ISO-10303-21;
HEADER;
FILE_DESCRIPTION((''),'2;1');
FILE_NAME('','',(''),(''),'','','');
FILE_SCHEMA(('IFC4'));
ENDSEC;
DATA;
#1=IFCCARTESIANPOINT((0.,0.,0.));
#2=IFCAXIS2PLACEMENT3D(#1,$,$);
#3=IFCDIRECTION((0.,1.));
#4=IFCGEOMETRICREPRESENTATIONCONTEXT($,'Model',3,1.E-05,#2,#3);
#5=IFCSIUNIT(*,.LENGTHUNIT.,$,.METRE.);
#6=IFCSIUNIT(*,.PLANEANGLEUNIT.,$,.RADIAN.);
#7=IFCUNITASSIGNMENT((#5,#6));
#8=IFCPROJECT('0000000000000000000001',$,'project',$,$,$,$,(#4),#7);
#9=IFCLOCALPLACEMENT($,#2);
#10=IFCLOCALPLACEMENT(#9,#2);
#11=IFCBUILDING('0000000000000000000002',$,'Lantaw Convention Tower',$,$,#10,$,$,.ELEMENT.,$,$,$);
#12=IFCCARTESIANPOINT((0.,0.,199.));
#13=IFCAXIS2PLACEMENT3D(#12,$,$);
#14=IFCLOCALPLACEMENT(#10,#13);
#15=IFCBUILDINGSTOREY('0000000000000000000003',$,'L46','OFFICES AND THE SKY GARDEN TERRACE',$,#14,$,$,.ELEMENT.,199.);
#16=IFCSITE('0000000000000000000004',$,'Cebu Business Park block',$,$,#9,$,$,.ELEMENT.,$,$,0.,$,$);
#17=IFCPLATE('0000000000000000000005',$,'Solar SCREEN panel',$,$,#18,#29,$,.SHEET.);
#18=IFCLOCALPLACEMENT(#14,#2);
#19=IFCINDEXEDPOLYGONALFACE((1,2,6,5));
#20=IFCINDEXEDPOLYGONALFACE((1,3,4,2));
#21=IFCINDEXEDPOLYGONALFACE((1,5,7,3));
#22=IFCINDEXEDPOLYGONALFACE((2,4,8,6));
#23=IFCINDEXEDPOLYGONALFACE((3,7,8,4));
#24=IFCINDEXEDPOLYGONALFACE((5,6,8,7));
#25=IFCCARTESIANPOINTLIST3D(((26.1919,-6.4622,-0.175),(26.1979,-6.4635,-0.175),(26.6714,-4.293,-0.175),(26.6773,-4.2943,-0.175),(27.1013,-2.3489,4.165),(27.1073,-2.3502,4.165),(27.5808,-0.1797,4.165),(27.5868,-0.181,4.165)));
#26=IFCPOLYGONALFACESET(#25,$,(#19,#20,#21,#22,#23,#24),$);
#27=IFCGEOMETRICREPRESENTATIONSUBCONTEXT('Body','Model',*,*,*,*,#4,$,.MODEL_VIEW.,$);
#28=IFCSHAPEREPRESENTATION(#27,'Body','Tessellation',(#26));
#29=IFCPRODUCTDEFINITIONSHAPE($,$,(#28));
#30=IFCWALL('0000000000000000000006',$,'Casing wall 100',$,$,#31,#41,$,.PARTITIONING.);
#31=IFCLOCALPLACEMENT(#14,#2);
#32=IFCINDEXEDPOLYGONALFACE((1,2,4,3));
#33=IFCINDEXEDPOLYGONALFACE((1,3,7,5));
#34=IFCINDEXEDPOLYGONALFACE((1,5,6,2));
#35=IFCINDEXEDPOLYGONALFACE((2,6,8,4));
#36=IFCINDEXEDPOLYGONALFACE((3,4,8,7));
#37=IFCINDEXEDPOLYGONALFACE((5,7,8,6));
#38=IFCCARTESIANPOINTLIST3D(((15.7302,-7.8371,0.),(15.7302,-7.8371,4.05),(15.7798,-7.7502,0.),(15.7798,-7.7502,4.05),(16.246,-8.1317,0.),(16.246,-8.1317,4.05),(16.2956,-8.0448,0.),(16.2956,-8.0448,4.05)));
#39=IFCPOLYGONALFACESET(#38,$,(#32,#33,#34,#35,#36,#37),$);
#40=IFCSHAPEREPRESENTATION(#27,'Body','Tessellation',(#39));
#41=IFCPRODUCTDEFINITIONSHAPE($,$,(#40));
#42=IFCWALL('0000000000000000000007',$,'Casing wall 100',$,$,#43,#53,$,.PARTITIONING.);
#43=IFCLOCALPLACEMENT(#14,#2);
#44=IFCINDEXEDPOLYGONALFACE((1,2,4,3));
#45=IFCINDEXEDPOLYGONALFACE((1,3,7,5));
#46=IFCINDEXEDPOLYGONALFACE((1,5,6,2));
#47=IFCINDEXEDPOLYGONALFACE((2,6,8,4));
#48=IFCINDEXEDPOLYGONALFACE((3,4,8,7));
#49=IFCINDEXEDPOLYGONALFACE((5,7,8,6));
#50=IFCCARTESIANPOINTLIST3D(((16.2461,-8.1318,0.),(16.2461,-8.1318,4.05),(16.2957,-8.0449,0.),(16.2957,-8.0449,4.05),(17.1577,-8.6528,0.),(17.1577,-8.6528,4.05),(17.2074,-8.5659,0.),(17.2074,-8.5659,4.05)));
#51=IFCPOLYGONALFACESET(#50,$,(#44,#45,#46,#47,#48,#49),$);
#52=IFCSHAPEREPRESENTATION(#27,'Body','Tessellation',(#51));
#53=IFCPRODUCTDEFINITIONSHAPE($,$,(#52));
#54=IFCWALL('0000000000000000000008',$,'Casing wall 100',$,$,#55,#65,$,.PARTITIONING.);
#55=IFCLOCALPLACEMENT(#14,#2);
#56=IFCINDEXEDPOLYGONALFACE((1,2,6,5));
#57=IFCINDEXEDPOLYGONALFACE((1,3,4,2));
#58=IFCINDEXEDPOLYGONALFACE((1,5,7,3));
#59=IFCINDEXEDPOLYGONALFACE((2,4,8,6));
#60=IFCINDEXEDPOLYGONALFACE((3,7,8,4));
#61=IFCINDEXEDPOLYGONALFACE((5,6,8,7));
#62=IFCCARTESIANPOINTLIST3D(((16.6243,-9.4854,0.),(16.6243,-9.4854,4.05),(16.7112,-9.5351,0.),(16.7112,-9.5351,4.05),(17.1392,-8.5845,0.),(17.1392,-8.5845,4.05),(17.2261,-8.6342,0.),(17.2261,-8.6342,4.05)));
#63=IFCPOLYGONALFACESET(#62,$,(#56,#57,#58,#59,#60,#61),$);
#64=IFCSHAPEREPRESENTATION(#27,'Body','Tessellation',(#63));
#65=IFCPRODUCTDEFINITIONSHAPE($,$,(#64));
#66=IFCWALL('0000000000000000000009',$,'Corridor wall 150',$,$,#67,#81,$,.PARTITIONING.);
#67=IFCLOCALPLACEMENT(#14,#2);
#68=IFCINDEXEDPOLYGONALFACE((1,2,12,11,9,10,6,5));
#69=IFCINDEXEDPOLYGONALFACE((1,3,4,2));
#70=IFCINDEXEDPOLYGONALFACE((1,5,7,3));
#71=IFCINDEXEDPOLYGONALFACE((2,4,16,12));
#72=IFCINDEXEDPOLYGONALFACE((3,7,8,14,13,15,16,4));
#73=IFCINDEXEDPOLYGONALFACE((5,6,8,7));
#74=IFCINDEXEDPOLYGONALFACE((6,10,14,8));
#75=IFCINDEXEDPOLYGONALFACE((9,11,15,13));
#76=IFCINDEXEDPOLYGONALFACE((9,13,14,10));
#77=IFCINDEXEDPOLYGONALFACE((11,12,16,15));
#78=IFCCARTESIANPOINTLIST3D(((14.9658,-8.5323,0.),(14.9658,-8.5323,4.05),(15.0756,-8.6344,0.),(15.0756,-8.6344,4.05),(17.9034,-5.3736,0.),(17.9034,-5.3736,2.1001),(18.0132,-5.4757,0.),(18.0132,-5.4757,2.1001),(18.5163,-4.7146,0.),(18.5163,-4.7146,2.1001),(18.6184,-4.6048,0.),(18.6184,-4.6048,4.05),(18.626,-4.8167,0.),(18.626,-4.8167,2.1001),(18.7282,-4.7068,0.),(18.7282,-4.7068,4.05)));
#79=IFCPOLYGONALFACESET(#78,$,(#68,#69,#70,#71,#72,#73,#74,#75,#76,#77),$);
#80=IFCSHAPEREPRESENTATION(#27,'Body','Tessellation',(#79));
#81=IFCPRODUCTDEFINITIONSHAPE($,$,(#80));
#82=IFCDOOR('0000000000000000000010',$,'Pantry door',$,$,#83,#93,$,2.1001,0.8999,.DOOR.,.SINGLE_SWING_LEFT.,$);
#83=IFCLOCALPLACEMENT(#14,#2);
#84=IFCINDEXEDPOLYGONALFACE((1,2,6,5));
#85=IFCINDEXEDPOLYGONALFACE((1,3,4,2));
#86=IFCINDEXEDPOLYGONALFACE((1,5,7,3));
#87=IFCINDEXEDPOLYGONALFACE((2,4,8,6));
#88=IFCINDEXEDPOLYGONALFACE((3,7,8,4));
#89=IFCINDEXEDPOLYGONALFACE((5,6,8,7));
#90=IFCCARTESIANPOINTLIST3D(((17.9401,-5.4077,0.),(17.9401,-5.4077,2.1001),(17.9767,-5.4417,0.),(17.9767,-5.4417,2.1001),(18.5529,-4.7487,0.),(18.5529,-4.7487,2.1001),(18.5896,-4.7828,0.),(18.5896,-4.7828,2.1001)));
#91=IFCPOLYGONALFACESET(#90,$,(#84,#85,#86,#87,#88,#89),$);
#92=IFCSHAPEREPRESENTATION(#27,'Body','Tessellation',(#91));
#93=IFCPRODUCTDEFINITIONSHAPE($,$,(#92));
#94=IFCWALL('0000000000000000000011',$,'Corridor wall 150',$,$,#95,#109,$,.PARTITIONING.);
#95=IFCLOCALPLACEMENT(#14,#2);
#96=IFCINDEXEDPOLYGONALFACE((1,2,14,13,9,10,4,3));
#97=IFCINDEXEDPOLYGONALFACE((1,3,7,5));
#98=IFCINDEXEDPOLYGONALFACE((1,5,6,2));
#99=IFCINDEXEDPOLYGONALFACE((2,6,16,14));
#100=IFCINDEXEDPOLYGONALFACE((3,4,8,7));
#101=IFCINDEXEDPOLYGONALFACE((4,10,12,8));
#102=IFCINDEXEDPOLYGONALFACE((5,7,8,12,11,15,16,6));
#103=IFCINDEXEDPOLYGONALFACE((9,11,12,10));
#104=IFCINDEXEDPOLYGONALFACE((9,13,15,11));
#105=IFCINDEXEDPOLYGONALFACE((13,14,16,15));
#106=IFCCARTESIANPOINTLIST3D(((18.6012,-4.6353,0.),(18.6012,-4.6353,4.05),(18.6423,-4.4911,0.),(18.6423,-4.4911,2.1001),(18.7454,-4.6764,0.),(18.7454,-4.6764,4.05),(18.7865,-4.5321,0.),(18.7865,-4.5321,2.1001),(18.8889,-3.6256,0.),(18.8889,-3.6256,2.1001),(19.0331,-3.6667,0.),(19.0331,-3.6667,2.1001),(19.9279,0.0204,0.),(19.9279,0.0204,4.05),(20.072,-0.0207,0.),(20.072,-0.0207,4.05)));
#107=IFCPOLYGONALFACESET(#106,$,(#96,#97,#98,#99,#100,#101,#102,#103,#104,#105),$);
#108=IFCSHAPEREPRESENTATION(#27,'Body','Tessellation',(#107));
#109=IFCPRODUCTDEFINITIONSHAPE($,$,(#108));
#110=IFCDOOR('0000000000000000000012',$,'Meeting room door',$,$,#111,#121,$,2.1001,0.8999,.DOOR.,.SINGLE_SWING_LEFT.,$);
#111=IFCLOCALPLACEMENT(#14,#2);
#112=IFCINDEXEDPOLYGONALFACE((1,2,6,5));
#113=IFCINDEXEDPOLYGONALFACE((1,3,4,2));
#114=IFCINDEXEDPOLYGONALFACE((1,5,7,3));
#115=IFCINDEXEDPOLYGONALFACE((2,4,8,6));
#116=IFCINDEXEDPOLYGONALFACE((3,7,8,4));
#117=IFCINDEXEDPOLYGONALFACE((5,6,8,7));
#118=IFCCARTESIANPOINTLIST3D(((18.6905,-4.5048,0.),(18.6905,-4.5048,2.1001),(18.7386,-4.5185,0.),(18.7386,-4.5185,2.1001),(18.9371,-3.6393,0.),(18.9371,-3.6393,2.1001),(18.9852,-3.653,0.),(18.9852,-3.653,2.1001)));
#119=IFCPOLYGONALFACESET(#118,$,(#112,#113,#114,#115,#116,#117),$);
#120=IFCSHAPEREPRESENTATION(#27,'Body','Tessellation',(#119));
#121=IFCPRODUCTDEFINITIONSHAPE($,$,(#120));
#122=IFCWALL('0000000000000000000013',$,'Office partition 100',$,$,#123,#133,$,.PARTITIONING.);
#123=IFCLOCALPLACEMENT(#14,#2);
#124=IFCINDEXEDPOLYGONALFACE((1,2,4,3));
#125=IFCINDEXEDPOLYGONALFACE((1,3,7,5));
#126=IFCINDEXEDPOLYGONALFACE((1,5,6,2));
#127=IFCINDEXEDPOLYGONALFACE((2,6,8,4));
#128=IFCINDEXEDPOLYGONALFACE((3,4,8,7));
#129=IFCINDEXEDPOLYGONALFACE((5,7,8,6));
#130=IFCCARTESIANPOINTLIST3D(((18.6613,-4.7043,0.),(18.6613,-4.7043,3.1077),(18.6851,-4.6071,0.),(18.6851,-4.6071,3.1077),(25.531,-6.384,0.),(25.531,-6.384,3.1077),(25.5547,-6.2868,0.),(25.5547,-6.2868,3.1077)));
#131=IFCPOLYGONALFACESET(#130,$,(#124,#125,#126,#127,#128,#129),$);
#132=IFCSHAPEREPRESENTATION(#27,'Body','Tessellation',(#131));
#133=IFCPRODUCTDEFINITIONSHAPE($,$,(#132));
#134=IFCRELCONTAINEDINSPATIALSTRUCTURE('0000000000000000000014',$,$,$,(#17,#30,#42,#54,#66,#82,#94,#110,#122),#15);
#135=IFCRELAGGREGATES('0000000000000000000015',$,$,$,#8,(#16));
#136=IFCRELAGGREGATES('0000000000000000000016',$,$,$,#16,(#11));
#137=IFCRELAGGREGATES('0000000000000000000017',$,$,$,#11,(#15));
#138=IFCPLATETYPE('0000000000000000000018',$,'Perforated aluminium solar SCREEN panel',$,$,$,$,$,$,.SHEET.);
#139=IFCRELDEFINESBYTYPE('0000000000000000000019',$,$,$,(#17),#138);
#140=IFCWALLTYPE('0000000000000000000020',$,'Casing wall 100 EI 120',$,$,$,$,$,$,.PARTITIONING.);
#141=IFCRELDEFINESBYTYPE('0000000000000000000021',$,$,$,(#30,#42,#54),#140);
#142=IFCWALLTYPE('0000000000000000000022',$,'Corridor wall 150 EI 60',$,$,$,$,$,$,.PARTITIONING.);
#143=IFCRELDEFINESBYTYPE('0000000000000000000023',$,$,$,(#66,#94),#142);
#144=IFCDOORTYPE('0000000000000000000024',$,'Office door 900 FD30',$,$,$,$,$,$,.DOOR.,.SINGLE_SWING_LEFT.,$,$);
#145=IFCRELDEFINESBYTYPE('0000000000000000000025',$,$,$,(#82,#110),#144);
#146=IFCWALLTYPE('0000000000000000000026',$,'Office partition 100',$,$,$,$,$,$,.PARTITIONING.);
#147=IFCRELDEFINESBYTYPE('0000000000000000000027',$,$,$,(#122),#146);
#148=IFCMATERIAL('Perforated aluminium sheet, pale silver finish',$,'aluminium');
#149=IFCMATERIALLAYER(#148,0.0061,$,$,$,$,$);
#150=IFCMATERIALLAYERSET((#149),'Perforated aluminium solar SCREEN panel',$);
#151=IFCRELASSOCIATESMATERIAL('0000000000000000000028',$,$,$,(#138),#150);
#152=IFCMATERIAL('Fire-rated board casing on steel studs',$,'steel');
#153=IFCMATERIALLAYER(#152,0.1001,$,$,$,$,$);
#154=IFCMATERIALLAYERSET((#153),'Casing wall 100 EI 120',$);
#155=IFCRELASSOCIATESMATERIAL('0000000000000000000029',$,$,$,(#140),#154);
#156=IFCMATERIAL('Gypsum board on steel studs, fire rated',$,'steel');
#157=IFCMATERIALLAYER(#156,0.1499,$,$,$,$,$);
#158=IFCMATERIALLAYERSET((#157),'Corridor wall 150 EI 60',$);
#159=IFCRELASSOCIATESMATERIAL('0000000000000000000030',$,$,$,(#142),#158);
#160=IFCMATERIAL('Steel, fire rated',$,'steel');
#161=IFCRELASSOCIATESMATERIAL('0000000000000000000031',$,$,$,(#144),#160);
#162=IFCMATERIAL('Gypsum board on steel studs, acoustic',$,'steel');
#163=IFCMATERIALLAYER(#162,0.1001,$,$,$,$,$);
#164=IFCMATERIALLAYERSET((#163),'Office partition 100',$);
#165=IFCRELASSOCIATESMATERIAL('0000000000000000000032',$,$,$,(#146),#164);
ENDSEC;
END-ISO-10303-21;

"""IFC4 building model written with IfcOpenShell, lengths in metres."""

from ifc_helpers import new_model, si_unit, direction, frame, frame_2d, origin, place, context, subcontext, project, spatial, polyline, rectangle, outline, extrude, material, layer, layer_set, type_object, element, fill, save


model = new_model("IFC4")

# Units and contexts
model_context = context("Model", 3, precision=1e-05, world=origin(), true_north=direction((0.0, 1.0)))
body_context = subcontext(model_context, "Body", "Model", "MODEL_VIEW")
ifc_project = project(units=[si_unit("LENGTHUNIT", "METRE"), si_unit("PLANEANGLEUNIT", "RADIAN")], contexts=[model_context])

# Site, building, storey
site_placement = place(None, origin())
site = spatial("IfcSite", under=ifc_project, at=site_placement, Name="Cebu Business Park block", CompositionType="ELEMENT", RefElevation=0.0)
building_placement = place(site_placement, origin())
building = spatial("IfcBuilding", under=site, at=building_placement, Name="Lantaw Convention Tower", CompositionType="ELEMENT")
storey_placement = place(building_placement, frame((0.0, 0.0, 199.0)))
storey = spatial("IfcBuildingStorey", under=building, at=storey_placement, Name="L46", Description="OFFICES AND THE SKY GARDEN TERRACE", CompositionType="ELEMENT", Elevation=199.0)

# Plate
ifc_material_1 = material(Name="Perforated aluminium sheet, pale silver finish", Category="aluminium")
ifc_layer_1 = layer(ifc_material_1, 0.0061)
ifc_layer_set_1 = layer_set([ifc_layer_1], Name="Perforated aluminium solar SCREEN panel")
plate_type_1 = type_object("IfcPlateType", Name="Perforated aluminium solar SCREEN panel", PredefinedType="SHEET", material=ifc_layer_set_1)
plate_1_placement = place(storey_placement, frame((26.1919, -6.4622, -0.175), z_axis=(-0.97643, 0.215837, 0.000044), x_axis=(0.215837, 0.97643, 0.0)))
element("IfcPlate", 1, at=plate_1_placement, inside=storey, type_object=plate_type_1, Name="Solar SCREEN panel", PredefinedType="SHEET", context=body_context, shape_type="SweptSolid", body=[
    extrude(outline(polyline([(0.0, 0.0), (2.2216, 0.0), (6.4342, -4.3401), (4.2126, -4.3401), (0.0, 0.0)])), origin(), (0.0, 0.0, -1.0), 0.0061),
])

# Walls
ifc_material_2 = material(Name="Fire-rated board casing on steel studs", Category="steel")
ifc_layer_2 = layer(ifc_material_2, 0.1001)
ifc_layer_set_2 = layer_set([ifc_layer_2], Name="Casing wall 100 EI 120")
wall_type_1 = type_object("IfcWallType", Name="Casing wall 100 EI 120", PredefinedType="PARTITIONING", material=ifc_layer_set_2)
wall_1_placement = place(storey_placement, frame((15.7551, -7.7937, 0.0), z_axis=(0.0, 0.0, 1.0), x_axis=(0.868319, -0.496006, 0.0)))
element("IfcWall", 2, at=wall_1_placement, inside=storey, type_object=wall_type_1, Name="Casing wall 100", PredefinedType="PARTITIONING", context=body_context, shape_type="SweptSolid", body=[
    extrude(rectangle(XDim=0.594, YDim=0.1001, at=frame_2d((0.2969, 0.0))), origin(), (0.0, 0.0, 1.0), 4.05),
])
wall_2_placement = place(storey_placement, frame((16.271, -8.0884, 0.0), z_axis=(0.0, 0.0, 1.0), x_axis=(0.868215, -0.496189, 0.0)))
element("IfcWall", 3, at=wall_2_placement, inside=storey, type_object=wall_type_1, Name="Casing wall 100", PredefinedType="PARTITIONING", context=body_context, shape_type="SweptSolid", body=[
    extrude(rectangle(XDim=1.05, YDim=0.1001, at=frame_2d((0.5249, 0.0))), origin(), (0.0, 0.0, 1.0), 4.05),
])
wall_3_placement = place(storey_placement, frame((17.1826, -8.6094, 0.0), z_axis=(0.0, 0.0, 1.0), x_axis=(-0.496215, -0.8682, 0.0)))
element("IfcWall", 4, at=wall_3_placement, inside=storey, type_object=wall_type_1, Name="Casing wall 100", PredefinedType="PARTITIONING", context=body_context, shape_type="SweptSolid", body=[
    extrude(rectangle(XDim=1.0376, YDim=0.1001, at=frame_2d((0.5188, 0.0))), origin(), (0.0, 0.0, 1.0), 4.05),
])

# Walls, openings, doors
ifc_material_3 = material(Name="Gypsum board on steel studs, fire rated", Category="steel")
ifc_layer_3 = layer(ifc_material_3, 0.1499)
ifc_layer_set_3 = layer_set([ifc_layer_3], Name="Corridor wall 150 EI 60")
wall_type_2 = type_object("IfcWallType", Name="Corridor wall 150 EI 60", PredefinedType="PARTITIONING", material=ifc_layer_set_3)
wall_4_placement = place(storey_placement, frame((15.0208, -8.5833, 0.0), z_axis=(0.0, 0.0, 1.0), x_axis=(0.681015, 0.73227, 0.0)))
wall_4 = element("IfcWall", 5, at=wall_4_placement, inside=storey, type_object=wall_type_2, Name="Corridor wall 150", PredefinedType="PARTITIONING", context=body_context, shape_type="SweptSolid", body=[
    extrude(rectangle(XDim=5.3635, YDim=0.1499, at=frame_2d((2.6816, 0.0))), origin(), (0.0, 0.0, 1.0), 4.05),
])
opening_1_placement = place(wall_4_placement, frame((4.3135, 0.0, 0.0)))
opening_1 = element("IfcOpeningElement", 6, at=opening_1_placement, cuts=wall_4, PredefinedType="OPENING", context=body_context, shape_type="SweptSolid", body=[
    extrude(rectangle(XDim=0.8999, YDim=2.1001, at=frame_2d((0.45, 1.05))), frame((0.0, 0.085, 0.0), z_axis=(0.0, -1.0, 0.0), x_axis=(1.0, 0.0, 0.0)), (0.0, 0.0, 1.0), 0.1699),
])
ifc_material_4 = material(Name="Steel, fire rated", Category="steel")
door_type_1 = type_object("IfcDoorType", Name="Office door 900 FD30", OperationType="SINGLE_SWING_LEFT", PredefinedType="DOOR", material=ifc_material_4)
door_1_placement = place(opening_1_placement, origin())
door_1 = element("IfcDoor", 7, at=door_1_placement, inside=storey, type_object=door_type_1, Name="Pantry door", OperationType="SINGLE_SWING_LEFT", OverallHeight=2.1001, OverallWidth=0.8999, PredefinedType="DOOR", context=body_context, shape_type="SweptSolid", body=[
    extrude(rectangle(XDim=0.8999, YDim=2.1001, at=frame_2d((0.45, 1.05))), frame((0.0, 0.0249, 0.0), z_axis=(0.0, -1.0, 0.0), x_axis=(1.0, 0.0, 0.0)), (0.0, 0.0, 1.0), 0.05),
])
fill(opening_1, door_1)
wall_5_placement = place(storey_placement, frame((18.6733, -4.6558, 0.0), z_axis=(0.0, 0.0, 1.0), x_axis=(0.274042, 0.961718, 0.0)))
wall_5 = element("IfcWall", 8, at=wall_5_placement, inside=storey, type_object=wall_type_2, Name="Corridor wall 150", PredefinedType="PARTITIONING", context=body_context, shape_type="SweptSolid", body=[
    extrude(rectangle(XDim=4.8411, YDim=0.1499, at=frame_2d((2.4204, 0.0))), origin(), (0.0, 0.0, 1.0), 4.05),
])
opening_2_placement = place(wall_5_placement, frame((0.1499, 0.0, 0.0)))
opening_2 = element("IfcOpeningElement", 9, at=opening_2_placement, cuts=wall_5, PredefinedType="OPENING", context=body_context, shape_type="SweptSolid", body=[
    extrude(rectangle(XDim=0.8999, YDim=2.1001, at=frame_2d((0.45, 1.05))), frame((0.0, 0.085, 0.0), z_axis=(0.0, -1.0, 0.0), x_axis=(1.0, 0.0, 0.0)), (0.0, 0.0, 1.0), 0.1699),
])
door_2_placement = place(opening_2_placement, origin())
door_2 = element("IfcDoor", 10, at=door_2_placement, inside=storey, type_object=door_type_1, Name="Meeting room door", OperationType="SINGLE_SWING_LEFT", OverallHeight=2.1001, OverallWidth=0.8999, PredefinedType="DOOR", context=body_context, shape_type="SweptSolid", body=[
    extrude(rectangle(XDim=0.8999, YDim=2.1001, at=frame_2d((0.45, 1.05))), frame((0.0, 0.0249, 0.0), z_axis=(0.0, -1.0, 0.0), x_axis=(1.0, 0.0, 0.0)), (0.0, 0.0, 1.0), 0.05),
])
fill(opening_2, door_2)

# Wall
ifc_material_5 = material(Name="Gypsum board on steel studs, acoustic", Category="steel")
ifc_layer_4 = layer(ifc_material_5, 0.1001)
ifc_layer_set_4 = layer_set([ifc_layer_4], Name="Office partition 100")
wall_type_3 = type_object("IfcWallType", Name="Office partition 100", PredefinedType="PARTITIONING", material=ifc_layer_set_4)
wall_6_placement = place(storey_placement, frame((25.543, -6.3354, 0.0), z_axis=(0.0, 0.0, 1.0), x_axis=(-0.971384, 0.237512, 0.0)))
element("IfcWall", 11, at=wall_6_placement, inside=storey, type_object=wall_type_3, Name="Office partition 100", PredefinedType="PARTITIONING", context=body_context, shape_type="SweptSolid", body=[
    extrude(rectangle(XDim=7.072, YDim=0.1001, at=frame_2d((3.5361, 0.0))), origin(), (0.0, 0.0, 1.0), 3.1077),
])

save(model, "model.ifc")
